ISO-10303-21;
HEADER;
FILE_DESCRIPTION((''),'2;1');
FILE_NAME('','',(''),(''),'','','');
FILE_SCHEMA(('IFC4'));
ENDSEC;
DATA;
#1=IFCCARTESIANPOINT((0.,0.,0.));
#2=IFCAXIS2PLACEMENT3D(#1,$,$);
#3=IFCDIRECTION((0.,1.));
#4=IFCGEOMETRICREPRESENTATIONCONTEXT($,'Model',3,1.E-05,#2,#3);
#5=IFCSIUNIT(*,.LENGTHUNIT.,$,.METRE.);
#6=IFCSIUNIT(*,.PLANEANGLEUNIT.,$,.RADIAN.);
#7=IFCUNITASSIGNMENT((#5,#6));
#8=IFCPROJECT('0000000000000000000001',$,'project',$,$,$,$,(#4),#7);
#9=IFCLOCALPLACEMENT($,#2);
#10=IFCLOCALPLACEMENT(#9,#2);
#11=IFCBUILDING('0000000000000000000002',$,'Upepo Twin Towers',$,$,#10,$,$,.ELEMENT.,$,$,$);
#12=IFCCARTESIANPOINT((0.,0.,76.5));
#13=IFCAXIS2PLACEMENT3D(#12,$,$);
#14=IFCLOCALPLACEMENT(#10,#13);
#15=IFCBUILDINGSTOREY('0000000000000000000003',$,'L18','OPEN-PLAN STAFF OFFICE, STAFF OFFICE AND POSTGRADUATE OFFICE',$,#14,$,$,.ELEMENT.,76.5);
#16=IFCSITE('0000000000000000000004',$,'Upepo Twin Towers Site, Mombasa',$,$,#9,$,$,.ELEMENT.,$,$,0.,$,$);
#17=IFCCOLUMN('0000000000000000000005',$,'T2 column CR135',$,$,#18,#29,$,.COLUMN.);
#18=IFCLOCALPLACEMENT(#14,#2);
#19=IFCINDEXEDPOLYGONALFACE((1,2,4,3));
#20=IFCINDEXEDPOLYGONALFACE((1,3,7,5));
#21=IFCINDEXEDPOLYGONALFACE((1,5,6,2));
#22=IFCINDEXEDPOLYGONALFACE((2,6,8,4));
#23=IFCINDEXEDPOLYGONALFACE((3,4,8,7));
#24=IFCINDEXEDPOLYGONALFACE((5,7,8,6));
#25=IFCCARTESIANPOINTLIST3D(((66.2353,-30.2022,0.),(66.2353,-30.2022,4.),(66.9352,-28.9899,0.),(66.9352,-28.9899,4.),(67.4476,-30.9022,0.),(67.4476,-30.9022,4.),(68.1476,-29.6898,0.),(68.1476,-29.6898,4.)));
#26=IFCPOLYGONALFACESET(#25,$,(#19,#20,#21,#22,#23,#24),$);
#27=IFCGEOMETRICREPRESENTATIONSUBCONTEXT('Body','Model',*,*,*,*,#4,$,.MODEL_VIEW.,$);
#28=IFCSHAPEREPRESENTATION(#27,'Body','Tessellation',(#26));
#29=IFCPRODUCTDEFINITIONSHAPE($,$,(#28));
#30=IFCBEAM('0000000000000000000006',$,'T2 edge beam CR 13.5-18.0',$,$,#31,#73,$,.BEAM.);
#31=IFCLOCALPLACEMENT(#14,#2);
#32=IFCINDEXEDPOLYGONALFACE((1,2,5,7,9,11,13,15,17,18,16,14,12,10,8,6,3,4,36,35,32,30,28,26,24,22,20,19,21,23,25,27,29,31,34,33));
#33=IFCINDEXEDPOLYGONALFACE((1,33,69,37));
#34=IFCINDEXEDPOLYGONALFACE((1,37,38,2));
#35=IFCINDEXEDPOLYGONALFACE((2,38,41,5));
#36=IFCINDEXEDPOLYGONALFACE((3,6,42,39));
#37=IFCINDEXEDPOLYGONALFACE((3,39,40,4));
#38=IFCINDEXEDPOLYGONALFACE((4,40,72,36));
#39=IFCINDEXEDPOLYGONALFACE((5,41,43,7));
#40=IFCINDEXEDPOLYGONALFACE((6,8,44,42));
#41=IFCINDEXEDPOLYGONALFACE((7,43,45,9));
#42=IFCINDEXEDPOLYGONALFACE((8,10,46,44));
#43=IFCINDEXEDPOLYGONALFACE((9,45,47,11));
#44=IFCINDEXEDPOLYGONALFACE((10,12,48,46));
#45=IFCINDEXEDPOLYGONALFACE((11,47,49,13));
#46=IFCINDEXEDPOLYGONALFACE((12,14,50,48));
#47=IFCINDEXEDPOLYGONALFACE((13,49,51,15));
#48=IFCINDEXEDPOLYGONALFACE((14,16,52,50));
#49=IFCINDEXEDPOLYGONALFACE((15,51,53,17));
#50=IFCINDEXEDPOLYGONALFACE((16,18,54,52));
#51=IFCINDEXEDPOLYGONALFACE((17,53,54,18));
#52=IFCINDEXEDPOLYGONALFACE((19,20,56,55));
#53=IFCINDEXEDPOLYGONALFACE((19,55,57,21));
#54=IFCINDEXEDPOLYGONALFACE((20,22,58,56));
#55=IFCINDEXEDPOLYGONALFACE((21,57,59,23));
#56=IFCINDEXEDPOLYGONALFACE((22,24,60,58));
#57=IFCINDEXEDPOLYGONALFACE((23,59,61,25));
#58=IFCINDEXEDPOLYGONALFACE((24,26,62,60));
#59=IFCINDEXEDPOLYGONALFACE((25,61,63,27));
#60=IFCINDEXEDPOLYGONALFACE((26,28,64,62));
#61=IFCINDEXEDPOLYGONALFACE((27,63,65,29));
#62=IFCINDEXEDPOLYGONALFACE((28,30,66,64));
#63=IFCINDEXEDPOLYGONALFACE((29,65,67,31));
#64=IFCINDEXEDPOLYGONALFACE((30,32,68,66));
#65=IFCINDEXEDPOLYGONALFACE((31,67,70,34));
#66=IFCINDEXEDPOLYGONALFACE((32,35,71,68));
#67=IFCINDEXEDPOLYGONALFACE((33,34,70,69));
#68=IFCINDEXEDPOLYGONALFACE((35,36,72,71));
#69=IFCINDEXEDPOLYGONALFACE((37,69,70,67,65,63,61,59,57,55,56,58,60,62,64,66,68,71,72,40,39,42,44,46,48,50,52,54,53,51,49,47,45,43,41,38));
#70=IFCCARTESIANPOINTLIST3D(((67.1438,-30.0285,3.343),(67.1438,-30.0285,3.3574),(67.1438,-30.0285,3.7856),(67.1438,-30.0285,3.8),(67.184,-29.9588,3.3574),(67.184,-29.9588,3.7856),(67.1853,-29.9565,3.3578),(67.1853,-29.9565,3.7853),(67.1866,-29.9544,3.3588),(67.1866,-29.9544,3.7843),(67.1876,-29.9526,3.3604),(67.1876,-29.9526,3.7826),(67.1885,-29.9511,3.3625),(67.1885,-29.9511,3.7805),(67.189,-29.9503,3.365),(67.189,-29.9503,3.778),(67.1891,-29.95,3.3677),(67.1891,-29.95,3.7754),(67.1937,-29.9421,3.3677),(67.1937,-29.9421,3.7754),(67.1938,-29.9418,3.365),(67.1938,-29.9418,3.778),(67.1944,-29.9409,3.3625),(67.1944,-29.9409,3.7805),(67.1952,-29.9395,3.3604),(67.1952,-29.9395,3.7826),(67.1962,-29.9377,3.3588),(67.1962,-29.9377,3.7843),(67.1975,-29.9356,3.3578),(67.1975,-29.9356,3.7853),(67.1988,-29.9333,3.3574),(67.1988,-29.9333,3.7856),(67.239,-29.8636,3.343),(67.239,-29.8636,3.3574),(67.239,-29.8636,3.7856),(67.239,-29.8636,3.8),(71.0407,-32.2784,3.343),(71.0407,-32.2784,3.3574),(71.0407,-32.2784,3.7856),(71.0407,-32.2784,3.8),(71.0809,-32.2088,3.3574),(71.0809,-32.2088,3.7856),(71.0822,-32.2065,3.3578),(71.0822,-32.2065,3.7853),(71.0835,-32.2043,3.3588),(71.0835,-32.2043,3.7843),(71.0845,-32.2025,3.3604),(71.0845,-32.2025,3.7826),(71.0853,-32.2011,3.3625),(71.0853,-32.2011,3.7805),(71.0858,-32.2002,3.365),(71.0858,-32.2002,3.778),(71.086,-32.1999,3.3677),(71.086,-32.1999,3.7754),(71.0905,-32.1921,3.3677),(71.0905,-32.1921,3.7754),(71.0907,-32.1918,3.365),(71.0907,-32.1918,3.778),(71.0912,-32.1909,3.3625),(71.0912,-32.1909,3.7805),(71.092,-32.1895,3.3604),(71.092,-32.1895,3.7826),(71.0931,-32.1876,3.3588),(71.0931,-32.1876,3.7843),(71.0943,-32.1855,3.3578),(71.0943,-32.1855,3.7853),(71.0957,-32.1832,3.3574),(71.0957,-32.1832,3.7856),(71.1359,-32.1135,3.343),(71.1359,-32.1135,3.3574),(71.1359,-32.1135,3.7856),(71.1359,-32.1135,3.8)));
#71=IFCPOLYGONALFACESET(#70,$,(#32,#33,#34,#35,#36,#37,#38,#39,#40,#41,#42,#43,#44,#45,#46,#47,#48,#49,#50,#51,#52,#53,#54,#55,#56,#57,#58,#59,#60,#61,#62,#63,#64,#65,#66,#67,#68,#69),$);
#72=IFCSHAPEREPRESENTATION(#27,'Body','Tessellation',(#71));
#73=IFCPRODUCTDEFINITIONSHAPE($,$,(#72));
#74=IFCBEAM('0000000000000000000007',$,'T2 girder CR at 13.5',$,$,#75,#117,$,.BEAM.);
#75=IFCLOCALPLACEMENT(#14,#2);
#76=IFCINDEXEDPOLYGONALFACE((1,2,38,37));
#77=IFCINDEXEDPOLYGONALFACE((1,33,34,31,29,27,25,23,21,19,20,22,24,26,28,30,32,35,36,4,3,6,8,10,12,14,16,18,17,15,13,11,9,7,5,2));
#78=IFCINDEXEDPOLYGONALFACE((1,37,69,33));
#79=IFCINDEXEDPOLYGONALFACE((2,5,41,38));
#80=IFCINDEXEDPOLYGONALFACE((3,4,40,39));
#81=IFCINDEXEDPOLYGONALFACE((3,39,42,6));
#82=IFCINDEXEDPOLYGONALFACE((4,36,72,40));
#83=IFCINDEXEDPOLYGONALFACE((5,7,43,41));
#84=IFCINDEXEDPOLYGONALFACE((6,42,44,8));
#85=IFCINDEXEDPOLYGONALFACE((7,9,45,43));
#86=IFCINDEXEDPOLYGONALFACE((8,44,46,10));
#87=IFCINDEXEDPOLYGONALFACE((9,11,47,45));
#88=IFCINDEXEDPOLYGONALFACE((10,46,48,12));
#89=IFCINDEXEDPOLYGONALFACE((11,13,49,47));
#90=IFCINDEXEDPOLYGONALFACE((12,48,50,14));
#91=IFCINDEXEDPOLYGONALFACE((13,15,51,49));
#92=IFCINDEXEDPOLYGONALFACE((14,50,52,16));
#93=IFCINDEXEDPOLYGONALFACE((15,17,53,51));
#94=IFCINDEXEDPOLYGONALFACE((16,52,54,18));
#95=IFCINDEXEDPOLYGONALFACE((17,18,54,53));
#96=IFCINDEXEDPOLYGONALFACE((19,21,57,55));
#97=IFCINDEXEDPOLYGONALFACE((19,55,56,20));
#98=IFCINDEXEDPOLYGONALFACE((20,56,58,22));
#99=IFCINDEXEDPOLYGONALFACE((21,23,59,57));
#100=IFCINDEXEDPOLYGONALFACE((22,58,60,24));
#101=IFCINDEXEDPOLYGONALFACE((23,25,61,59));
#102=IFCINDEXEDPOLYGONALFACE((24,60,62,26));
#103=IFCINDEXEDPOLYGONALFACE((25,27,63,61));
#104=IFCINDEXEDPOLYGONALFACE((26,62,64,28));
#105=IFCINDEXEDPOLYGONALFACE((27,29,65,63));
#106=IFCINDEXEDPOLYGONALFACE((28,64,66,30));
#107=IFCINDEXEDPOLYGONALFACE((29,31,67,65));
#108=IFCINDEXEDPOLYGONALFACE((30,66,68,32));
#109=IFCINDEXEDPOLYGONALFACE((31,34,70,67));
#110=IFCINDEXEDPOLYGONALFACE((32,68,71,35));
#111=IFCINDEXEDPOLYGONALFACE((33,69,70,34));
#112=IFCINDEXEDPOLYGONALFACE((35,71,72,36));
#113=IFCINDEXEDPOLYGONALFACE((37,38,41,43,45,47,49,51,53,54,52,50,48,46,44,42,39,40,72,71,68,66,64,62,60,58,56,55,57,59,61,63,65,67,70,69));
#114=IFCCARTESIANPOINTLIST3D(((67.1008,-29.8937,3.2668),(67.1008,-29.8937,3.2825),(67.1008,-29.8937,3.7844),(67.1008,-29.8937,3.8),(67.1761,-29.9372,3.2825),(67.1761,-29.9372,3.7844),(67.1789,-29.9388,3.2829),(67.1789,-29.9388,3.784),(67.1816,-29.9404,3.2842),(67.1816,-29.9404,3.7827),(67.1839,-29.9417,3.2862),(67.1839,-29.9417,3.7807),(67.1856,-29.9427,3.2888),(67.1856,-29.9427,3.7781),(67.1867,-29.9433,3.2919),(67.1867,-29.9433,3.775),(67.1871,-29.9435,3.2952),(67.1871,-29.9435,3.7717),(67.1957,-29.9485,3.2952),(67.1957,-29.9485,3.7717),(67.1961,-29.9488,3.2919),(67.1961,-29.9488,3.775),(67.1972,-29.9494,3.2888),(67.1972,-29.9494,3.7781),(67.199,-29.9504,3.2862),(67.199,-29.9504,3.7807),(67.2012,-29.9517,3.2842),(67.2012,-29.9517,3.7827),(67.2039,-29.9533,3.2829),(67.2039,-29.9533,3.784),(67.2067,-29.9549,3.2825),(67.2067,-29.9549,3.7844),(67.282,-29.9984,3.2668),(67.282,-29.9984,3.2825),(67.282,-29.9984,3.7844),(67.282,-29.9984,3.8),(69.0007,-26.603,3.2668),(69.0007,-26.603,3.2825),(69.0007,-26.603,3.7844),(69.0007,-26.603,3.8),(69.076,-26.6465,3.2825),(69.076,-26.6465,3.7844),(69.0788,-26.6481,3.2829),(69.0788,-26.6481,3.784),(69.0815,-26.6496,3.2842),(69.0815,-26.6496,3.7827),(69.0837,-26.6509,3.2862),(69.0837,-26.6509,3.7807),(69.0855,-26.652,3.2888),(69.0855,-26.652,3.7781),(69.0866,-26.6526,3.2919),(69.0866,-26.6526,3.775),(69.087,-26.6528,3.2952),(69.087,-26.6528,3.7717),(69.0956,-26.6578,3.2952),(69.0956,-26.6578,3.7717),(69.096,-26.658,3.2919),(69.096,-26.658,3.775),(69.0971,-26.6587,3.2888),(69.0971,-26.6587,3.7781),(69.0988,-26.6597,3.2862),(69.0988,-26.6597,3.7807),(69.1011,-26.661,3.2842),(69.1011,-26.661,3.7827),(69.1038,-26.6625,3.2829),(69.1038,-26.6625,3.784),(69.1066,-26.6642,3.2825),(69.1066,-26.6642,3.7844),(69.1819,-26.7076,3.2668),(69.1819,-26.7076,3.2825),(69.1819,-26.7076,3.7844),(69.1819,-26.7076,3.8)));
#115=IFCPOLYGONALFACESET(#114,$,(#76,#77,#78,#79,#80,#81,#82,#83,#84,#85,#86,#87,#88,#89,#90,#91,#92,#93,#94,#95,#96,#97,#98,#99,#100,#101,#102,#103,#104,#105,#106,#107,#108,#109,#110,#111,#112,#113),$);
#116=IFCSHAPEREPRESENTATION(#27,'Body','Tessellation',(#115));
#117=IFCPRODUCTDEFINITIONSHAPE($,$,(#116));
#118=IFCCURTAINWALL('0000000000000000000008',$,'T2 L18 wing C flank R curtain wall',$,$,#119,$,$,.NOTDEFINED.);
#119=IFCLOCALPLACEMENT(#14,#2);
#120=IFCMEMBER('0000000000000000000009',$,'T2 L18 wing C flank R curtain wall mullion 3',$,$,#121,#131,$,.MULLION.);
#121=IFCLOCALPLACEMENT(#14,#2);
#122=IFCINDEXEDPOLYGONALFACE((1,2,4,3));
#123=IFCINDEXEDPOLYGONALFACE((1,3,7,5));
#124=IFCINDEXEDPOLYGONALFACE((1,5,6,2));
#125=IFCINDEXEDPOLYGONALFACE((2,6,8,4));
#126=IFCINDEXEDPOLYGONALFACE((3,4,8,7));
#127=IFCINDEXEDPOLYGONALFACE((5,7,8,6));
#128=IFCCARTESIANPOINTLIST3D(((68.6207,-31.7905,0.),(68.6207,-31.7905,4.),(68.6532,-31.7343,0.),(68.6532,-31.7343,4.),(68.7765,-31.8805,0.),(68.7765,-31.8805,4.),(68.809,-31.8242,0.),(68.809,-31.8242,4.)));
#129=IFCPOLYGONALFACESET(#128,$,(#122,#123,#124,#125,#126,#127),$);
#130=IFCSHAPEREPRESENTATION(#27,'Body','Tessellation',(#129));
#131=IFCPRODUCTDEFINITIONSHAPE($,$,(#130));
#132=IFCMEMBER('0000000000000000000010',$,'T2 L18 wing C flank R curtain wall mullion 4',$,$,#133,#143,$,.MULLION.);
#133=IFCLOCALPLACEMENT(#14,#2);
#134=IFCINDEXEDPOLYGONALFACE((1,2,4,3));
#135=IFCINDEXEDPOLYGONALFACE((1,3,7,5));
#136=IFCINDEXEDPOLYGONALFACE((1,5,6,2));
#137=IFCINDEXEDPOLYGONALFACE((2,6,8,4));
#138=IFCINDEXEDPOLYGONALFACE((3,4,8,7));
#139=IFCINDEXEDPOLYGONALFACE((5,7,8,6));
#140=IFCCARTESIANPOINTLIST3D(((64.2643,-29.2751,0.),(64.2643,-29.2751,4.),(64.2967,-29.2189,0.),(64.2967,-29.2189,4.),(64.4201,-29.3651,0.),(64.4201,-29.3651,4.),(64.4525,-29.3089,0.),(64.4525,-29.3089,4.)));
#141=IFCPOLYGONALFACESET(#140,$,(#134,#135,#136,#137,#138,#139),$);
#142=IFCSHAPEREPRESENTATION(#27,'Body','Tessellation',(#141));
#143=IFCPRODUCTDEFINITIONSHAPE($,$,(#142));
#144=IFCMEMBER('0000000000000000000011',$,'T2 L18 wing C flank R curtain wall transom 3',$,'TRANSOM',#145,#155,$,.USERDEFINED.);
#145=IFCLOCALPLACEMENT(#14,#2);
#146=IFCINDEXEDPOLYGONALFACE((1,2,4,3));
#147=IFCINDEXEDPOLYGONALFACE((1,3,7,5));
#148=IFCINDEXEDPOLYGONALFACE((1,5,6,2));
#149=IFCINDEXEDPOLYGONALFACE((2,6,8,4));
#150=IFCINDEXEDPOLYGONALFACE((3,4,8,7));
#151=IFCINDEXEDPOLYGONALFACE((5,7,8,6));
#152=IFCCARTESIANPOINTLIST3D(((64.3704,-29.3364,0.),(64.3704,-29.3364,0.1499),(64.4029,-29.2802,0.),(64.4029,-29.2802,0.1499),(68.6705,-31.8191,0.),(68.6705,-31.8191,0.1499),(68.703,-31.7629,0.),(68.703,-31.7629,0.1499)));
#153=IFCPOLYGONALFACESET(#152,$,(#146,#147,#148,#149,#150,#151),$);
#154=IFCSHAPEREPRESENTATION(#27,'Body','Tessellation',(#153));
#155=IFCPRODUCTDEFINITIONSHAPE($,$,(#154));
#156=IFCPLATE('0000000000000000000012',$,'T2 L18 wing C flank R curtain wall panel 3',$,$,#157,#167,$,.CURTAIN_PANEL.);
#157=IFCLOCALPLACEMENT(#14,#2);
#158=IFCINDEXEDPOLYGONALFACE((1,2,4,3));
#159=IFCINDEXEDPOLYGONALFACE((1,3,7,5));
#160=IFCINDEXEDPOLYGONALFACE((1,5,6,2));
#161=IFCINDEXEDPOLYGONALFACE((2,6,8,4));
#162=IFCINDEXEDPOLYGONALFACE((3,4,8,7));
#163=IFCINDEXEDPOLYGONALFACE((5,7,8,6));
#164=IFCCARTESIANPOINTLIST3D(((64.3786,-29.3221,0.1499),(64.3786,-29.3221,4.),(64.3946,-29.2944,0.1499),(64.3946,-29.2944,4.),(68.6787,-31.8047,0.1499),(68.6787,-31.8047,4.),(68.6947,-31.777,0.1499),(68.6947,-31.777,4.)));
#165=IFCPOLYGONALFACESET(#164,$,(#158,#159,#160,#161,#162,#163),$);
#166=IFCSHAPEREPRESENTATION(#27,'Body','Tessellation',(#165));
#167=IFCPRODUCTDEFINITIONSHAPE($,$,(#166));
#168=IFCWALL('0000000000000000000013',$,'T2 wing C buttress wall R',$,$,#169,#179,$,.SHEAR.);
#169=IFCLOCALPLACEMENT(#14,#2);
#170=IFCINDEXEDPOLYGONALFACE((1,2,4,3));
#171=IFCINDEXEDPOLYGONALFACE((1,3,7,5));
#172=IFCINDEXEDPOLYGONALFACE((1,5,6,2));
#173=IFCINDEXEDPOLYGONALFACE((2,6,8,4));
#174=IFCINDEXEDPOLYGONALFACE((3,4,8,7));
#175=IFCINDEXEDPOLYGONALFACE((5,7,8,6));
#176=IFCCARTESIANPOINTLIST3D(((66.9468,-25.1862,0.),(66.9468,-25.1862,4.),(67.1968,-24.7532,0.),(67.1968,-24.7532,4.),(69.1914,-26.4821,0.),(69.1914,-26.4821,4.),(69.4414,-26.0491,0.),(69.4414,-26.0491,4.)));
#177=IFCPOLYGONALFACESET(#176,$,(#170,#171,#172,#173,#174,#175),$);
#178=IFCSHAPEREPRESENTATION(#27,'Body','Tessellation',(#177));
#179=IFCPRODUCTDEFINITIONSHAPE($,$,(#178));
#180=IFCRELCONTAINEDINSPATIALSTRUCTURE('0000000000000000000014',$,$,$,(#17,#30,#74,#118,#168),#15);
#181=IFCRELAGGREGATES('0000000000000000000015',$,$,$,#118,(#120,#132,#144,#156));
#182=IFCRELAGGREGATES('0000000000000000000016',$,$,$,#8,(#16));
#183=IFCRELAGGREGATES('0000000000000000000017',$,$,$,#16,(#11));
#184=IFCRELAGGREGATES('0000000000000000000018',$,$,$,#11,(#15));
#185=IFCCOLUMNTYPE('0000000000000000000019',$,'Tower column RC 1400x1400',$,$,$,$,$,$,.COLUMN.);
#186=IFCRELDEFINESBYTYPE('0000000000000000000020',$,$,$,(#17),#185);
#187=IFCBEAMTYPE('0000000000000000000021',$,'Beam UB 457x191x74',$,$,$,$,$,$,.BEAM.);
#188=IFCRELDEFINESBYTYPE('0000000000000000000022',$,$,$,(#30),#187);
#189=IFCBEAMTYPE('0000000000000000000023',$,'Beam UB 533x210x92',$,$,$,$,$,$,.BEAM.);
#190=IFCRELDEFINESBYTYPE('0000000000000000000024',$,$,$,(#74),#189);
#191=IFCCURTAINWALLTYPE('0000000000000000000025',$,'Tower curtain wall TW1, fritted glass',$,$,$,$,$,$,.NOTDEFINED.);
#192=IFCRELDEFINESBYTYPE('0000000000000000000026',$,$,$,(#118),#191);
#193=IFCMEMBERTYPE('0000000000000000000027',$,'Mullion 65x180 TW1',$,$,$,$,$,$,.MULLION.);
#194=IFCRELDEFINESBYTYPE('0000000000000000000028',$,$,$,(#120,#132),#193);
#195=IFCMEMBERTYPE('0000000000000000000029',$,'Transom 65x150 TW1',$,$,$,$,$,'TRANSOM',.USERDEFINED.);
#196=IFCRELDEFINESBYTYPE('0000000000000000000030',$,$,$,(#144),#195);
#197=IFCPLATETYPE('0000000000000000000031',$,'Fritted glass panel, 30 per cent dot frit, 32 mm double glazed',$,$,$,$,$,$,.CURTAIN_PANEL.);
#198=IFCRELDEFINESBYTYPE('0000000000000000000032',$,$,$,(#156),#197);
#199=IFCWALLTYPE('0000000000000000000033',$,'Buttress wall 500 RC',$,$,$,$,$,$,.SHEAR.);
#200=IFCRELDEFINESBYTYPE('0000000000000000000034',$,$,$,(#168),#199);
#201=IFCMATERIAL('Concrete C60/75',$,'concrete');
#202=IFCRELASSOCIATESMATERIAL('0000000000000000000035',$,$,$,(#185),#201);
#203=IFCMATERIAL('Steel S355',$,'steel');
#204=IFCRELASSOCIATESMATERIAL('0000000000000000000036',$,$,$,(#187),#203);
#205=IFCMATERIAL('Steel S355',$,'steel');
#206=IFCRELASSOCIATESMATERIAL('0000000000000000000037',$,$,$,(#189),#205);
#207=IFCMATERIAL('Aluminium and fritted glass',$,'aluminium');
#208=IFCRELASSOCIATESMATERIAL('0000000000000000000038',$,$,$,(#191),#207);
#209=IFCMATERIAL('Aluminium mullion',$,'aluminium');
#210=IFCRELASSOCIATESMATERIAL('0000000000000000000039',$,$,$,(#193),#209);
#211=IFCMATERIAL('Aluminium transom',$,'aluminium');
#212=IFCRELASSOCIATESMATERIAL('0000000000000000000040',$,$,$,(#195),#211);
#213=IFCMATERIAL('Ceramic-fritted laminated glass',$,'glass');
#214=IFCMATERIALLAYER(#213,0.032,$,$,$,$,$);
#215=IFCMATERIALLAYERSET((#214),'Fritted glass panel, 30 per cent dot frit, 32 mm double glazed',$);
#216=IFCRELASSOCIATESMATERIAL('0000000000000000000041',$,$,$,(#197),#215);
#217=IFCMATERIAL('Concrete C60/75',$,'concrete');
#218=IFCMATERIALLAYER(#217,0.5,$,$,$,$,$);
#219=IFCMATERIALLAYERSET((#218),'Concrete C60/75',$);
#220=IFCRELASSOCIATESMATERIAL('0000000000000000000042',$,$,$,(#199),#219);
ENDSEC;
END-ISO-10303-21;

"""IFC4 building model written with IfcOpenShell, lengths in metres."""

from ifc_helpers import new_model, si_unit, direction, frame, frame_2d, origin, origin_2d, place, context, subcontext, project, spatial, rectangle, i_section, extrude, material, layer, layer_set, material_profile, profile_set, type_object, element, aggregate, save


model = new_model("IFC4")

# Units and contexts
model_context = context("Model", 3, precision=1e-05, world=origin(), true_north=direction((0.0, 1.0)))
body_context = subcontext(model_context, "Body", "Model", "MODEL_VIEW")
ifc_project = project(units=[si_unit("LENGTHUNIT", "METRE"), si_unit("PLANEANGLEUNIT", "RADIAN")], contexts=[model_context])

# Site, building, storey
site_placement = place(None, origin())
site = spatial("IfcSite", under=ifc_project, at=site_placement, Name="Upepo Twin Towers Site, Mombasa", CompositionType="ELEMENT", RefElevation=0.0)
building_placement = place(site_placement, origin())
building = spatial("IfcBuilding", under=site, at=building_placement, Name="Upepo Twin Towers", CompositionType="ELEMENT")
storey_placement = place(building_placement, frame((0.0, 0.0, 76.5)))
storey = spatial("IfcBuildingStorey", under=building, at=storey_placement, Name="L18", Description="OPEN-PLAN STAFF OFFICE, STAFF OFFICE AND POSTGRADUATE OFFICE", CompositionType="ELEMENT", Elevation=76.5)

# Column
ifc_material_1 = material(Name="Concrete C60/75", Category="concrete")
ifc_material_profile_1 = material_profile(ifc_material_1, rectangle(XDim=1.3999, YDim=1.3999, at=origin_2d()), Name="RC 1400x1400")
ifc_profile_set_1 = profile_set([ifc_material_profile_1], Name="Concrete C60/75")
column_type = type_object("IfcColumnType", Name="Tower column RC 1400x1400", PredefinedType="COLUMN", material=ifc_profile_set_1)
column_placement = place(storey_placement, frame((67.1914, -29.946, 0.0), z_axis=(0.0, 0.0, 1.0), x_axis=(0.5, 0.866025, 0.0)))
element("IfcColumn", 1, at=column_placement, inside=storey, type_object=column_type, Name="T2 column CR135", PredefinedType="COLUMN", context=body_context, shape_type="SweptSolid", body=[
    extrude(rectangle(XDim=1.3999, YDim=1.3999, at=origin_2d()), origin(), (0.0, 0.0, 1.0), 4.0),
])

# Beams
ifc_material_2 = material(Name="Steel S355", Category="steel")
ifc_material_profile_2 = material_profile(ifc_material_2, i_section(OverallWidth=0.1904, OverallDepth=0.457, WebThickness=0.009, FlangeThickness=0.0144, FilletRadius=0.0103, at=origin_2d()), Name="UB 457x191x74")
ifc_profile_set_2 = profile_set([ifc_material_profile_2], Name="Steel S355")
beam_type_1 = type_object("IfcBeamType", Name="Beam UB 457x191x74", PredefinedType="BEAM", material=ifc_profile_set_2)
beam_1_placement = place(storey_placement, frame((67.1914, -29.946, 3.5715), z_axis=(0.866018, -0.500014, 0.0), x_axis=(0.500014, 0.866018, 0.0)))
element("IfcBeam", 2, at=beam_1_placement, inside=storey, type_object=beam_type_1, Name="T2 edge beam CR 13.5-18.0", PredefinedType="BEAM", context=body_context, shape_type="SweptSolid", body=[
    extrude(i_section(OverallWidth=0.1904, OverallDepth=0.457, WebThickness=0.009, FlangeThickness=0.0144, FilletRadius=0.0103, at=origin_2d()), origin(), (0.0, 0.0, 1.0), 4.4998),
])
ifc_material_3 = material(Name="Steel S355", Category="steel")
ifc_material_profile_3 = material_profile(ifc_material_3, i_section(OverallWidth=0.2092, OverallDepth=0.5332, WebThickness=0.01, FlangeThickness=0.0156, FilletRadius=0.0127, at=origin_2d()), Name="UB 533x210x92")
ifc_profile_set_3 = profile_set([ifc_material_profile_3], Name="Steel S355")
beam_type_2 = type_object("IfcBeamType", Name="Beam UB 533x210x92", PredefinedType="BEAM", material=ifc_profile_set_3)
beam_2_placement = place(storey_placement, frame((67.1914, -29.946, 3.5334), z_axis=(0.499995, 0.866028, 0.0), x_axis=(-0.866028, 0.499995, 0.0)))
element("IfcBeam", 3, at=beam_2_placement, inside=storey, type_object=beam_type_2, Name="T2 girder CR at 13.5", PredefinedType="BEAM", context=body_context, shape_type="SweptSolid", body=[
    extrude(i_section(OverallWidth=0.2092, OverallDepth=0.5332, WebThickness=0.01, FlangeThickness=0.0156, FilletRadius=0.0127, at=origin_2d()), origin(), (0.0, 0.0, 1.0), 3.7998),
])

# Curtain wall, members, plate
ifc_material_4 = material(Name="Aluminium and fritted glass", Category="aluminium")
curtain_wall_type = type_object("IfcCurtainWallType", Name="Tower curtain wall TW1, fritted glass", PredefinedType="NOTDEFINED", material=ifc_material_4)
curtain_wall_placement = place(storey_placement, origin())
curtain_wall = element("IfcCurtainWall", 4, at=curtain_wall_placement, inside=storey, type_object=curtain_wall_type, Name="T2 L18 wing C flank R curtain wall", PredefinedType="NOTDEFINED")
ifc_material_5 = material(Name="Aluminium mullion", Category="aluminium")
ifc_material_profile_4 = material_profile(ifc_material_5, rectangle(XDim=0.0649, YDim=0.1799, at=origin_2d()), Name="MULLION 65x180")
ifc_profile_set_4 = profile_set([ifc_material_profile_4], Name="Aluminium mullion")
member_type_1 = type_object("IfcMemberType", Name="Mullion 65x180 TW1", PredefinedType="MULLION", material=ifc_profile_set_4)
member_1_placement = place(storey_placement, frame((68.7148, -31.8074, 0.0), z_axis=(0.0, 0.0, 1.0), x_axis=(-0.5, -0.866025, 0.0)))
member_1 = element("IfcMember", 5, at=member_1_placement, type_object=member_type_1, Name="T2 L18 wing C flank R curtain wall mullion 3", PredefinedType="MULLION", context=body_context, shape_type="SweptSolid", body=[
    extrude(rectangle(XDim=0.0649, YDim=0.1799, at=origin_2d()), origin(), (0.0, 0.0, 1.0), 4.0),
])
member_2_placement = place(storey_placement, frame((64.3584, -29.292, 0.0), z_axis=(0.0, 0.0, 1.0), x_axis=(-0.5, -0.866025, 0.0)))
member_2 = element("IfcMember", 6, at=member_2_placement, type_object=member_type_1, Name="T2 L18 wing C flank R curtain wall mullion 4", PredefinedType="MULLION", context=body_context, shape_type="SweptSolid", body=[
    extrude(rectangle(XDim=0.0649, YDim=0.1799, at=origin_2d()), origin(), (0.0, 0.0, 1.0), 4.0),
])
ifc_material_6 = material(Name="Aluminium transom", Category="aluminium")
ifc_material_profile_5 = material_profile(ifc_material_6, rectangle(XDim=0.0649, YDim=0.1499, at=origin_2d()), Name="TRANSOM 65x150")
ifc_profile_set_5 = profile_set([ifc_material_profile_5], Name="Aluminium transom")
member_type_2 = type_object("IfcMemberType", Name="Transom 65x150 TW1", ElementType="TRANSOM", PredefinedType="USERDEFINED", material=ifc_profile_set_5)
member_3_placement = place(storey_placement, frame((68.6868, -31.791, 0.075), z_axis=(-0.866023, 0.500005, 0.0), x_axis=(-0.500005, -0.866023, 0.0)))
member_3 = element("IfcMember", 7, at=member_3_placement, type_object=member_type_2, Name="T2 L18 wing C flank R curtain wall transom 3", ObjectType="TRANSOM", PredefinedType="USERDEFINED", context=body_context, shape_type="SweptSolid", body=[
    extrude(rectangle(XDim=0.0649, YDim=0.1499, at=origin_2d()), origin(), (0.0, 0.0, 1.0), 4.9653),
])
ifc_material_7 = material(Name="Ceramic-fritted laminated glass", Category="glass")
ifc_layer_1 = layer(ifc_material_7, 0.032)
ifc_layer_set_1 = layer_set([ifc_layer_1], Name="Fritted glass panel, 30 per cent dot frit, 32 mm double glazed")
plate_type = type_object("IfcPlateType", Name="Fritted glass panel, 30 per cent dot frit, 32 mm double glazed", PredefinedType="CURTAIN_PANEL", material=ifc_layer_set_1)
plate_placement = place(storey_placement, frame((66.5366, -30.5496, 0.1499), z_axis=(0.0, 0.0, 1.0), x_axis=(-0.866025, 0.5, 0.0)))
plate = element("IfcPlate", 8, at=plate_placement, type_object=plate_type, Name="T2 L18 wing C flank R curtain wall panel 3", PredefinedType="CURTAIN_PANEL", context=body_context, shape_type="SweptSolid", body=[
    extrude(rectangle(XDim=4.9653, YDim=0.032, at=origin_2d()), origin(), (0.0, 0.0, 1.0), 3.8501),
])
aggregate(curtain_wall, [member_1, member_2, member_3, plate])

# Wall
ifc_material_8 = material(Name="Concrete C60/75", Category="concrete")
ifc_layer_2 = layer(ifc_material_8, 0.5)
ifc_layer_set_2 = layer_set([ifc_layer_2], Name="Concrete C60/75")
wall_type_1 = type_object("IfcWallType", Name="Buttress wall 500 RC", PredefinedType="SHEAR", material=ifc_layer_set_2)
wall_1_placement = place(storey_placement, frame((67.0718, -24.9697, 0.0), z_axis=(0.0, 0.0, 1.0), x_axis=(0.866032, -0.499989, 0.0)))
element("IfcWall", 9, at=wall_1_placement, inside=storey, type_object=wall_type_1, Name="T2 wing C buttress wall R", PredefinedType="SHEAR", context=body_context, shape_type="SweptSolid", body=[
    extrude(rectangle(XDim=2.5918, YDim=0.5, at=frame_2d((1.2959, 0.0))), origin(), (0.0, 0.0, 1.0), 4.0),
])

save(model, "model.ifc")
